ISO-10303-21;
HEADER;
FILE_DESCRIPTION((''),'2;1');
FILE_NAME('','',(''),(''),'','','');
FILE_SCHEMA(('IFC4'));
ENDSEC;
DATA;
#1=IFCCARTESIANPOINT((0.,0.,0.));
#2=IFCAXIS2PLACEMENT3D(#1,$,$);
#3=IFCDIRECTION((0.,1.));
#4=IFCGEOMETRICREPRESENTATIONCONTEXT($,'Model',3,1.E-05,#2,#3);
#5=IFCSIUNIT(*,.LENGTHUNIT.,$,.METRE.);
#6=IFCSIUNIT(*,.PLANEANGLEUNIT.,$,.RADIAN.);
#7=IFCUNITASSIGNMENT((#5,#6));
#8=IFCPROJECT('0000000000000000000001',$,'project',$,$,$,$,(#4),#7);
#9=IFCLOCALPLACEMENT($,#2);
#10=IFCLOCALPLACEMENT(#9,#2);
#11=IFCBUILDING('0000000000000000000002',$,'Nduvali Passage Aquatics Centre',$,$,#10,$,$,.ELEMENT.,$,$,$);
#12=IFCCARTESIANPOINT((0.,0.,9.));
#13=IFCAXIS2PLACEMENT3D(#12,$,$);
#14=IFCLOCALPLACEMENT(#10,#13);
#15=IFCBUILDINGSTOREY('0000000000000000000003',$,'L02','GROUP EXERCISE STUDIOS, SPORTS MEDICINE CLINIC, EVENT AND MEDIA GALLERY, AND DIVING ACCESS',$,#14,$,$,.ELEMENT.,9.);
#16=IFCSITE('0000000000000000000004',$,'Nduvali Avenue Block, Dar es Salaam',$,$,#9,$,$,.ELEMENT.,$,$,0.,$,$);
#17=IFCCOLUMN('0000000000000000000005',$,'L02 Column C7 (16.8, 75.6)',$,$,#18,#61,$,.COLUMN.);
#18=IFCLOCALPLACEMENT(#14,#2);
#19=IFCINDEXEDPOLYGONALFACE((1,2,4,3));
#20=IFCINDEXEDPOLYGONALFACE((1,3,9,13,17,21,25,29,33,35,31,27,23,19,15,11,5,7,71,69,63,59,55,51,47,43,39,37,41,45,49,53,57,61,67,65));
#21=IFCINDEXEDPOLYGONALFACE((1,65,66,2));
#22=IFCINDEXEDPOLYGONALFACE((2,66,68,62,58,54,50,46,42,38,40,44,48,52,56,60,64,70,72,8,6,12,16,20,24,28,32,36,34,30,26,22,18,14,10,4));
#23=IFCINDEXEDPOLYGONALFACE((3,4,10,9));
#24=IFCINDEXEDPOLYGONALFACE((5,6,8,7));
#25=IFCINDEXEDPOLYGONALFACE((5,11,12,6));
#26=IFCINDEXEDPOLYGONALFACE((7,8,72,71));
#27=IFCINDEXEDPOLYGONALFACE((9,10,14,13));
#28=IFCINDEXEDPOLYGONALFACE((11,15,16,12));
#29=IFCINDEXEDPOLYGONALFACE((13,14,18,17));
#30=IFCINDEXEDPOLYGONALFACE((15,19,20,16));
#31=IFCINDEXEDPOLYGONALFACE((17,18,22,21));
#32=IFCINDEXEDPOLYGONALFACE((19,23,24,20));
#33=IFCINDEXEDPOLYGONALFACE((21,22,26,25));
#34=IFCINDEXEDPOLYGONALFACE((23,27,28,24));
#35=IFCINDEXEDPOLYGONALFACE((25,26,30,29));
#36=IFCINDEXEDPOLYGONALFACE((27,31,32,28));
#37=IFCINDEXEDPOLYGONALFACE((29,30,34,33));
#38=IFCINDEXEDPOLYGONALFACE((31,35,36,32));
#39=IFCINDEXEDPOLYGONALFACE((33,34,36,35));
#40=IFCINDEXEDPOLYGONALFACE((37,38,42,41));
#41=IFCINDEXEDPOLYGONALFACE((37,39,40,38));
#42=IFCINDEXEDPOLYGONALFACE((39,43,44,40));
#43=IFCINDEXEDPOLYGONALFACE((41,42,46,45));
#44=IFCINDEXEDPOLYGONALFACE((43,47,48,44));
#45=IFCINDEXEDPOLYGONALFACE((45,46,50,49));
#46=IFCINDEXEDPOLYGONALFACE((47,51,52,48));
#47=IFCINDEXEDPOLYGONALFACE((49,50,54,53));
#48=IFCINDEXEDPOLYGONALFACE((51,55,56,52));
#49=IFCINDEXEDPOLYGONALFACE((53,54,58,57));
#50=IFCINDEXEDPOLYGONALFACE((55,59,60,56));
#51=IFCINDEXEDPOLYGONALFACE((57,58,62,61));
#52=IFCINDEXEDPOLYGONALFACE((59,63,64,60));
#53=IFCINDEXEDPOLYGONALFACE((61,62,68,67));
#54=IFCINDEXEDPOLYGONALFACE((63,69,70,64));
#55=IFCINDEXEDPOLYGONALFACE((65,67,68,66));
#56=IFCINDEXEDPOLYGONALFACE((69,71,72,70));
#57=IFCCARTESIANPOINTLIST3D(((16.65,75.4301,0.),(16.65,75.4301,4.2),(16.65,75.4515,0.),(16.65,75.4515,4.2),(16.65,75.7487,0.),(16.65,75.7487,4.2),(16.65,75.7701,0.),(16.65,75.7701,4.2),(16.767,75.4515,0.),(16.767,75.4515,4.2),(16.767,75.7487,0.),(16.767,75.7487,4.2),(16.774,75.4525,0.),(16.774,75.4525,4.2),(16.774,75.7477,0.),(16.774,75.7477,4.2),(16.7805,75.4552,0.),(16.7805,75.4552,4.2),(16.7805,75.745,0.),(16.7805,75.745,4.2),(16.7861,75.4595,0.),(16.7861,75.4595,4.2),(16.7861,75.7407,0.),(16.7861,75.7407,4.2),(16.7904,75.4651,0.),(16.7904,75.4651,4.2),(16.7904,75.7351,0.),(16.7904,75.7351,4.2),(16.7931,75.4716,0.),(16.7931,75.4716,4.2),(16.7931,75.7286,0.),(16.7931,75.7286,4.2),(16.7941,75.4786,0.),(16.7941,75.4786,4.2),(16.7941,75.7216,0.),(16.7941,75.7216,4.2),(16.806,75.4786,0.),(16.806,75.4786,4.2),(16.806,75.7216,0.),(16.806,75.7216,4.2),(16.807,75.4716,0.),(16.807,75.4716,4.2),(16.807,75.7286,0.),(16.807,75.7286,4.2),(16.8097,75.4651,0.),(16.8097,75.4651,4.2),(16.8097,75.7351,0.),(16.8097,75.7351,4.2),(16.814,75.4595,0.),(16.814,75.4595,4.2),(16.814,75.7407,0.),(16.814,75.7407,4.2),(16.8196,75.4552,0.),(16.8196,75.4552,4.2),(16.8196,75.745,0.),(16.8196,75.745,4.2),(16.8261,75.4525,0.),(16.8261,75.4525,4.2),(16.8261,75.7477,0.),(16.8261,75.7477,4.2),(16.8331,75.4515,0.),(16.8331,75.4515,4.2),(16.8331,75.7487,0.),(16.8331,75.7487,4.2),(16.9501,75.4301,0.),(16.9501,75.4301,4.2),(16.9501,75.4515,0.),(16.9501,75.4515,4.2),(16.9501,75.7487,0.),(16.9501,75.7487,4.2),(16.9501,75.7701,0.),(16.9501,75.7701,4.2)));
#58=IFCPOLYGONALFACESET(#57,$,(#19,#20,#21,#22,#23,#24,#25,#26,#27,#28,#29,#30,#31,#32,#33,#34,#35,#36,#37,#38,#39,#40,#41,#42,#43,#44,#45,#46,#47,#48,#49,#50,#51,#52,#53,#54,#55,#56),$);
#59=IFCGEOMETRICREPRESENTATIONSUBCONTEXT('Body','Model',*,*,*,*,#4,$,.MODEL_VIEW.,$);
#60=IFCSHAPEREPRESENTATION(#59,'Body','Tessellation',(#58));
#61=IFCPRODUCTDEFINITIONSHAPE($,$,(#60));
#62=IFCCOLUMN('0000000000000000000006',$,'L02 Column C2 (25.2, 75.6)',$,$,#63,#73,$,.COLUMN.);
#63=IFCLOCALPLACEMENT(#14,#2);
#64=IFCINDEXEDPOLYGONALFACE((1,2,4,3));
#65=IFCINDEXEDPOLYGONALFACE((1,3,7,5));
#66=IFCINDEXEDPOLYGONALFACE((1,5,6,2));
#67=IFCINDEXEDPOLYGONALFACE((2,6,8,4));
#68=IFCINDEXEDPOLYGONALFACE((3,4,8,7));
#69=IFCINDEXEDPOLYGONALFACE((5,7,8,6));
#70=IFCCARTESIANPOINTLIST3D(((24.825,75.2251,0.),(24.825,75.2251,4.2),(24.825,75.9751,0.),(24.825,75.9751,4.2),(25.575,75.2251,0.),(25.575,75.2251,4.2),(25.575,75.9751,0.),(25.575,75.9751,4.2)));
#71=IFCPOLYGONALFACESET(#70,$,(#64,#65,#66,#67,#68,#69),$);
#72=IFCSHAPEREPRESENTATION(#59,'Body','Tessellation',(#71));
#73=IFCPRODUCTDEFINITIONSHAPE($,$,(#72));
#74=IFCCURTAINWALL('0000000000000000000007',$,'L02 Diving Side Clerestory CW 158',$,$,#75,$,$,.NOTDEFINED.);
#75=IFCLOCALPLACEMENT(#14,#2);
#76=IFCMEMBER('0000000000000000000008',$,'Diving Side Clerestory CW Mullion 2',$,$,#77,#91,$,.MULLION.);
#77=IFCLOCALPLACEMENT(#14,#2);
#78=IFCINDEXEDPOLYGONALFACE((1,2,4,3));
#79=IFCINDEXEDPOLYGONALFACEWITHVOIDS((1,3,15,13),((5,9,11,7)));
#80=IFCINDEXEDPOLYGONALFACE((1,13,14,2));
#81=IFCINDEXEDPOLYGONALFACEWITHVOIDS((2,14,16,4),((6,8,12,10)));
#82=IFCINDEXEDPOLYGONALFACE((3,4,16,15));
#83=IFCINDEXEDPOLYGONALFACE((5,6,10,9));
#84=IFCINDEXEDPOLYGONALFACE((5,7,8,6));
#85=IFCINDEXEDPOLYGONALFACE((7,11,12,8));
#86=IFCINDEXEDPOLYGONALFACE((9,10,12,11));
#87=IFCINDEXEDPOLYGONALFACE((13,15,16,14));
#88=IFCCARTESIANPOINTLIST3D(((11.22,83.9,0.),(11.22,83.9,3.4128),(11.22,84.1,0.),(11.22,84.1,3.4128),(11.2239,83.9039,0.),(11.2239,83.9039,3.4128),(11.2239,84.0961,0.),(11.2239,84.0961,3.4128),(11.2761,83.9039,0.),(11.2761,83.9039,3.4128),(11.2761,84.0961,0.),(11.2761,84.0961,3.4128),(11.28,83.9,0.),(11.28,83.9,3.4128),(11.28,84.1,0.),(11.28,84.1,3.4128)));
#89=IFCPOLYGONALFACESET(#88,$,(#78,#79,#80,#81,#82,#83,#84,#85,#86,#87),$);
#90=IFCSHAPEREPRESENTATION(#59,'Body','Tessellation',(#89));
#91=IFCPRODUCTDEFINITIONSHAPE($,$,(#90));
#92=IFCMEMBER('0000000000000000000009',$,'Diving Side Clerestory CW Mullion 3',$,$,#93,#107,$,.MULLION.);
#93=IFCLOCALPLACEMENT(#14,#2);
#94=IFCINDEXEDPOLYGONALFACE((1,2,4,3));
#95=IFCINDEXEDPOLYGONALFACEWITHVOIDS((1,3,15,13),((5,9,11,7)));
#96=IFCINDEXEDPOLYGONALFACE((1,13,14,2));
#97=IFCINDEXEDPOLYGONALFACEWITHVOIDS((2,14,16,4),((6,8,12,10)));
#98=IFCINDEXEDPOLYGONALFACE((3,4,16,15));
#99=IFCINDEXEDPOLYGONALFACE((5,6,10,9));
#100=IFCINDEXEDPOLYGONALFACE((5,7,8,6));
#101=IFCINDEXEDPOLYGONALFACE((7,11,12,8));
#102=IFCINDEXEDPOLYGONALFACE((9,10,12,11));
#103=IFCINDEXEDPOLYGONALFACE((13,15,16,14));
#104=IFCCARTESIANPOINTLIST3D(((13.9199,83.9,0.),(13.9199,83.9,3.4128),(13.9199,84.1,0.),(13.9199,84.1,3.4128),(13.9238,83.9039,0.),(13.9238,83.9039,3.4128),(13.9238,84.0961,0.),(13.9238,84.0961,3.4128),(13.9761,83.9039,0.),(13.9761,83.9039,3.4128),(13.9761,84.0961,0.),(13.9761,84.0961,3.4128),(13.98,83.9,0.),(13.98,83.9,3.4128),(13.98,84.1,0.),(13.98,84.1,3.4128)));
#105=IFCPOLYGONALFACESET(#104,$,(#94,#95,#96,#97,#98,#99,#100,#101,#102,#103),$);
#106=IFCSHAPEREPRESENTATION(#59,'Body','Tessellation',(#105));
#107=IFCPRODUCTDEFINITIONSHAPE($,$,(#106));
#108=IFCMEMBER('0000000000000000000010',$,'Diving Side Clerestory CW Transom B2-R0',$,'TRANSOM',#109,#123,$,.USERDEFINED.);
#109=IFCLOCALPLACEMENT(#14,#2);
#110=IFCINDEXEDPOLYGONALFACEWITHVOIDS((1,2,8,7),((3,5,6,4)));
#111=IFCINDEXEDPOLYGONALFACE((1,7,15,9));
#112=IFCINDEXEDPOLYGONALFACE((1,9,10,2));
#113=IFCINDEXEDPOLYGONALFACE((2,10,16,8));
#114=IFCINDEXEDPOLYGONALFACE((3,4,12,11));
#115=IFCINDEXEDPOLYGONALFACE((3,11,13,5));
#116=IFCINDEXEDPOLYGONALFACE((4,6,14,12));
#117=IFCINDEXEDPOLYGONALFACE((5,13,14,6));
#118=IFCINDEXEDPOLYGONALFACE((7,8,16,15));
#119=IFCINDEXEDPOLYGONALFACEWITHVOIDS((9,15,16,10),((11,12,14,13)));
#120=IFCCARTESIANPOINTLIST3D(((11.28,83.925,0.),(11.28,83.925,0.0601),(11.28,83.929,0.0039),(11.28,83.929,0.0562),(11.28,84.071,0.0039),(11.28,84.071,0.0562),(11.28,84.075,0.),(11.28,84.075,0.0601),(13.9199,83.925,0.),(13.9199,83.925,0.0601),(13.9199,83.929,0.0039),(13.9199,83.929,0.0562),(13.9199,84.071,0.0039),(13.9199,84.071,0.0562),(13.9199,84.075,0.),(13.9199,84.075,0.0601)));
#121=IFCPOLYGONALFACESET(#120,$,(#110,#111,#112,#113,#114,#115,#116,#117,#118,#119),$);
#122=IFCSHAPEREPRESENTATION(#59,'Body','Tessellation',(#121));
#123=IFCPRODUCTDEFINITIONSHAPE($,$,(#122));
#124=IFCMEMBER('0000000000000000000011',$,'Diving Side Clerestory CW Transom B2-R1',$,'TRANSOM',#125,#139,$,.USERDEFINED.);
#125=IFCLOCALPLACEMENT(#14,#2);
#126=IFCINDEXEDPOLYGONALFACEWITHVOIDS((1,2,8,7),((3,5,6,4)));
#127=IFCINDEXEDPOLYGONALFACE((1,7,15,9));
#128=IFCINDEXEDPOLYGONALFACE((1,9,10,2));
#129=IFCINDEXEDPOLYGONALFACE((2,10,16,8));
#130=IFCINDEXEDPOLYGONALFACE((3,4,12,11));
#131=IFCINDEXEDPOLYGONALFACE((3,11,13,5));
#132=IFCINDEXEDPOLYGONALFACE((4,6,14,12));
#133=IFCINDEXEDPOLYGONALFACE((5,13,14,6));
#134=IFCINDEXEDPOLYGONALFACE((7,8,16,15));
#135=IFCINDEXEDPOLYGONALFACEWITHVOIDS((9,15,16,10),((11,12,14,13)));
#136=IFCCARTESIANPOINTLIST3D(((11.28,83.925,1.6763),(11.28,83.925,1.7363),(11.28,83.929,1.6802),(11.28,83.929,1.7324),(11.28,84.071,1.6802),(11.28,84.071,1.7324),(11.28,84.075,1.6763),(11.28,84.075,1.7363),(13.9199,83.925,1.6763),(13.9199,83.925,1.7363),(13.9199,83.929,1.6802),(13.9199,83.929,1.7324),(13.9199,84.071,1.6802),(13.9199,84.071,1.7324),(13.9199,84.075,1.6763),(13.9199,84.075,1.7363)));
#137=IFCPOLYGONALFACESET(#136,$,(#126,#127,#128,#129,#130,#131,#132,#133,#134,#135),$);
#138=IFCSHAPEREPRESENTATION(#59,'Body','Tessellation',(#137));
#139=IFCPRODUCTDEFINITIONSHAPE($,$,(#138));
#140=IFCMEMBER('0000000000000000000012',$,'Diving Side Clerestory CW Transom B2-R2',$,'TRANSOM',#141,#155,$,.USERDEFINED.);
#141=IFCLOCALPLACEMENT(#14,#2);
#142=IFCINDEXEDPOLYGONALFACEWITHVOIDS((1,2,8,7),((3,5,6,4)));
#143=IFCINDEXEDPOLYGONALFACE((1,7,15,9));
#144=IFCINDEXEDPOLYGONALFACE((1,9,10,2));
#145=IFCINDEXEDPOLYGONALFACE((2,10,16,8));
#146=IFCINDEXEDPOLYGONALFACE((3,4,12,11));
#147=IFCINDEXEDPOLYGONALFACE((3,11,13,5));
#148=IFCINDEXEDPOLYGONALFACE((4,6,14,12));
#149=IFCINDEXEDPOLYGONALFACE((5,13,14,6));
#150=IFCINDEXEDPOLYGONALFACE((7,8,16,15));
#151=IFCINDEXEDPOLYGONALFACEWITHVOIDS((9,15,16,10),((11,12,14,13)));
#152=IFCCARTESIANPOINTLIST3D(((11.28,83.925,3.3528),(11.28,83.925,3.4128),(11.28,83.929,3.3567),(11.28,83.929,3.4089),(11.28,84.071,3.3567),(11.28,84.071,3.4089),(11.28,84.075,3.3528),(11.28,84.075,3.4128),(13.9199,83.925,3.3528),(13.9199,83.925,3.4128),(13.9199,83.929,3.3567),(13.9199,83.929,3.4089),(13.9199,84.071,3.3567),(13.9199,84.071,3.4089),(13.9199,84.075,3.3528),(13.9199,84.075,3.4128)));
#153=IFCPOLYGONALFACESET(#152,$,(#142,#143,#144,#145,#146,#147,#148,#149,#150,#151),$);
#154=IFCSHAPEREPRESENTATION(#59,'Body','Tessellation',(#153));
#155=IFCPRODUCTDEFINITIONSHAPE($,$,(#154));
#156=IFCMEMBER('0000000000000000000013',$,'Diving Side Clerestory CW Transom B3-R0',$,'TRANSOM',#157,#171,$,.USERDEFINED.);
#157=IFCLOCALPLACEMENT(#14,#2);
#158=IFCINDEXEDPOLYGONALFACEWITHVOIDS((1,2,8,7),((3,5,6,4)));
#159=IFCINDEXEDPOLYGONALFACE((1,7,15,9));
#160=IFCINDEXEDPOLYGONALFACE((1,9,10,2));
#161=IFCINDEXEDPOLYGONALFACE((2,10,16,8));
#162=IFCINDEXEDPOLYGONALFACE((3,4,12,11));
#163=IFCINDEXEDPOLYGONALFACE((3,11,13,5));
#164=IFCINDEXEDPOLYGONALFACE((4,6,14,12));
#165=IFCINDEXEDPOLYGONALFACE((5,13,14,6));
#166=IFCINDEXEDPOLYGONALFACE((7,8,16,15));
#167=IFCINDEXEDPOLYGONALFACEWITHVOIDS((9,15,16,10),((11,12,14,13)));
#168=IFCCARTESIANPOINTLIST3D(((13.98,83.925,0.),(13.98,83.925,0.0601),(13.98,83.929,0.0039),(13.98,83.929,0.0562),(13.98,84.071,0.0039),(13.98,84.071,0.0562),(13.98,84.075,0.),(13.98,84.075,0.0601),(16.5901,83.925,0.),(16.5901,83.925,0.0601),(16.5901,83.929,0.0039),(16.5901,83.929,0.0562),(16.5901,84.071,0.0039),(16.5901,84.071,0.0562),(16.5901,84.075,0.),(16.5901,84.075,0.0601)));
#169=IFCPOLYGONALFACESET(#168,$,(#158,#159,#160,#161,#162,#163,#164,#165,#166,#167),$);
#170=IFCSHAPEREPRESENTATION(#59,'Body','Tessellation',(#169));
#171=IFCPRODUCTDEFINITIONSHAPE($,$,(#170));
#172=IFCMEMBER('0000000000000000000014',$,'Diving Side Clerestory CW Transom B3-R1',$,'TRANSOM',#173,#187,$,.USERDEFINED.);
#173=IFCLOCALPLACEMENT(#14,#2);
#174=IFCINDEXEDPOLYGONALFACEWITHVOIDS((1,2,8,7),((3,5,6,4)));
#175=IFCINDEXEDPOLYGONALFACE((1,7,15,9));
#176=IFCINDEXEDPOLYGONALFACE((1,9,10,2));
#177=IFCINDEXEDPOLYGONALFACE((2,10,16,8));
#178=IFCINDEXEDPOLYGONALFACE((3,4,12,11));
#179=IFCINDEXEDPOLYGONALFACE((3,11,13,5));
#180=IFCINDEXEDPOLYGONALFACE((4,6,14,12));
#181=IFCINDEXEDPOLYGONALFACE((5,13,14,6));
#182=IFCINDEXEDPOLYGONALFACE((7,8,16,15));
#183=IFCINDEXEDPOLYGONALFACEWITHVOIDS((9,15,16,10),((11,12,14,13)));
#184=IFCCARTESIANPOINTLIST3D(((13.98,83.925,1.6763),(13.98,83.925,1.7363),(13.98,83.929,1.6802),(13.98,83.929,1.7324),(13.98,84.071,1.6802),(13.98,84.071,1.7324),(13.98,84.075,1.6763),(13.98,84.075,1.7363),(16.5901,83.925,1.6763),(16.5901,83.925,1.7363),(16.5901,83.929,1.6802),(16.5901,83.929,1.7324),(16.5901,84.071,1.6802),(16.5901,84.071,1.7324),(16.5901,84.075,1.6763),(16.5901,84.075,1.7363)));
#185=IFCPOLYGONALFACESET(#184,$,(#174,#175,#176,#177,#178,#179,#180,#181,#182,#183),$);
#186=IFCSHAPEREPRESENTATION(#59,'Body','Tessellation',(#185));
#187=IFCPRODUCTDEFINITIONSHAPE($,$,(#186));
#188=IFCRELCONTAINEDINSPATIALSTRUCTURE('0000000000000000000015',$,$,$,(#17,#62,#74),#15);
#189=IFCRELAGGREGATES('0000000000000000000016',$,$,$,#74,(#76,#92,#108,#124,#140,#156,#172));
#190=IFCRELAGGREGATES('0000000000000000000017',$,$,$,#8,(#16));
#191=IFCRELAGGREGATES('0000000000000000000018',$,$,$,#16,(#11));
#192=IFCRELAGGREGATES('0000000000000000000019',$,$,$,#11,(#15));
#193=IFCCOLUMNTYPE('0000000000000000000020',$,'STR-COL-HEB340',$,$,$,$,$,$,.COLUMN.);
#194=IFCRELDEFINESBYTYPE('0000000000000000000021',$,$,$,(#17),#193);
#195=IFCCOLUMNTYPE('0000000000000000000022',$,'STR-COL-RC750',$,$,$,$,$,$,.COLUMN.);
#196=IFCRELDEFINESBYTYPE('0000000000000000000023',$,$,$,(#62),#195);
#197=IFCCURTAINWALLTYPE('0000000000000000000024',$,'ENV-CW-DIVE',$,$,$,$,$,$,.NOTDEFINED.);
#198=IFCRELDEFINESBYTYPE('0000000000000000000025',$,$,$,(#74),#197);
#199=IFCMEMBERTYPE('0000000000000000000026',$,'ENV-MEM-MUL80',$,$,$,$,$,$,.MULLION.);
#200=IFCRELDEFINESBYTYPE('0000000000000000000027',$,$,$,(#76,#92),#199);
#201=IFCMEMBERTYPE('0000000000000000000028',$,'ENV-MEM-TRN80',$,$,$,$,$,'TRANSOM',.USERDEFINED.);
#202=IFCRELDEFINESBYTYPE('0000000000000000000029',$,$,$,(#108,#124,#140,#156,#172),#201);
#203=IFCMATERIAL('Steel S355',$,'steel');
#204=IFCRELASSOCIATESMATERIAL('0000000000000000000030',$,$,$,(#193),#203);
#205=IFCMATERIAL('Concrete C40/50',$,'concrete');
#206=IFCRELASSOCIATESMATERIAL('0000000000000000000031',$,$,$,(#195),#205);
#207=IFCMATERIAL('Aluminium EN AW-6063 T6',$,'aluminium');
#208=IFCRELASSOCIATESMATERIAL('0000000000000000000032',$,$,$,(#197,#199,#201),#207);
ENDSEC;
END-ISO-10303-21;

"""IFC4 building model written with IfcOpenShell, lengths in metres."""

from ifc_helpers import new_model, si_unit, direction, frame, origin, origin_2d, place, context, subcontext, project, spatial, rectangle, hollow_rectangle, i_section, extrude, material, material_profile, profile_set, type_object, element, aggregate, save


model = new_model("IFC4")

# Units and contexts
model_context = context("Model", 3, precision=1e-05, world=origin(), true_north=direction((0.0, 1.0)))
body_context = subcontext(model_context, "Body", "Model", "MODEL_VIEW")
ifc_project = project(units=[si_unit("LENGTHUNIT", "METRE"), si_unit("PLANEANGLEUNIT", "RADIAN")], contexts=[model_context])

# Site, building, storey
site_placement = place(None, origin())
site = spatial("IfcSite", under=ifc_project, at=site_placement, Name="Nduvali Avenue Block, Dar es Salaam", CompositionType="ELEMENT", RefElevation=0.0)
building_placement = place(site_placement, origin())
building = spatial("IfcBuilding", under=site, at=building_placement, Name="Nduvali Passage Aquatics Centre", CompositionType="ELEMENT")
storey_placement = place(building_placement, frame((0.0, 0.0, 9.0)))
storey = spatial("IfcBuildingStorey", under=building, at=storey_placement, Name="L02", Description="GROUP EXERCISE STUDIOS, SPORTS MEDICINE CLINIC, EVENT AND MEDIA GALLERY, AND DIVING ACCESS", CompositionType="ELEMENT", Elevation=9.0)

# Columns
ifc_material_1 = material(Name="Steel S355", Category="steel")
ifc_material_profile_1 = material_profile(ifc_material_1, i_section(OverallWidth=0.3, OverallDepth=0.3401, WebThickness=0.012, FlangeThickness=0.0215, FilletRadius=0.0271, at=origin_2d()), Name="HEB 340")
ifc_profile_set_1 = profile_set([ifc_material_profile_1], Name="Steel S355")
column_type_1 = type_object("IfcColumnType", Name="STR-COL-HEB340", PredefinedType="COLUMN", material=ifc_profile_set_1)
column_1_placement = place(storey_placement, frame((16.8, 75.6001, 0.0), z_axis=(0.0, 0.0, 1.0), x_axis=(1.0, 0.0, 0.0)))
element("IfcColumn", 1, at=column_1_placement, inside=storey, type_object=column_type_1, Name="L02 Column C7 (16.8, 75.6)", PredefinedType="COLUMN", context=body_context, shape_type="SweptSolid", body=[
    extrude(i_section(OverallWidth=0.3, OverallDepth=0.3401, WebThickness=0.012, FlangeThickness=0.0215, FilletRadius=0.0271, at=origin_2d()), origin(), (0.0, 0.0, 1.0), 4.2),
])
ifc_material_2 = material(Name="Concrete C40/50", Category="concrete")
ifc_material_profile_2 = material_profile(ifc_material_2, rectangle(XDim=0.75, YDim=0.75, at=origin_2d()), Name="RC 750x750")
ifc_profile_set_2 = profile_set([ifc_material_profile_2], Name="Concrete C40/50")
column_type_2 = type_object("IfcColumnType", Name="STR-COL-RC750", PredefinedType="COLUMN", material=ifc_profile_set_2)
column_2_placement = place(storey_placement, frame((25.2, 75.6001, 0.0), z_axis=(0.0, 0.0, 1.0), x_axis=(1.0, 0.0, 0.0)))
element("IfcColumn", 2, at=column_2_placement, inside=storey, type_object=column_type_2, Name="L02 Column C2 (25.2, 75.6)", PredefinedType="COLUMN", context=body_context, shape_type="SweptSolid", body=[
    extrude(rectangle(XDim=0.75, YDim=0.75, at=origin_2d()), origin(), (0.0, 0.0, 1.0), 4.2),
])

# Curtain wall, members
ifc_material_3 = material(Name="Aluminium EN AW-6063 T6", Category="aluminium")
curtain_wall_type = type_object("IfcCurtainWallType", Name="ENV-CW-DIVE", PredefinedType="NOTDEFINED", material=ifc_material_3)
curtain_wall_placement = place(storey_placement, origin())
curtain_wall = element("IfcCurtainWall", 3, at=curtain_wall_placement, inside=storey, type_object=curtain_wall_type, Name="L02 Diving Side Clerestory CW 158", PredefinedType="NOTDEFINED")
ifc_material_profile_3 = material_profile(ifc_material_3, hollow_rectangle(XDim=0.0601, YDim=0.2, WallThickness=0.0039, at=origin_2d()), Name="ALU MULLION 60x200x4")
ifc_profile_set_3 = profile_set([ifc_material_profile_3], Name="Aluminium EN AW-6063 T6")
member_type_1 = type_object("IfcMemberType", Name="ENV-MEM-MUL80", PredefinedType="MULLION", material=ifc_profile_set_3)
member_1_placement = place(storey_placement, frame((11.25, 84.0, 0.0), z_axis=(0.0, 0.0, 1.0), x_axis=(1.0, 0.0, 0.0)))
member_1 = element("IfcMember", 4, at=member_1_placement, type_object=member_type_1, Name="Diving Side Clerestory CW Mullion 2", PredefinedType="MULLION", context=body_context, shape_type="SweptSolid", body=[
    extrude(hollow_rectangle(XDim=0.0601, YDim=0.2, WallThickness=0.0039, at=origin_2d()), origin(), (0.0, 0.0, 1.0), 3.4128),
])
member_2_placement = place(storey_placement, frame((13.95, 84.0, 0.0), z_axis=(0.0, 0.0, 1.0), x_axis=(1.0, 0.0, 0.0)))
member_2 = element("IfcMember", 5, at=member_2_placement, type_object=member_type_1, Name="Diving Side Clerestory CW Mullion 3", PredefinedType="MULLION", context=body_context, shape_type="SweptSolid", body=[
    extrude(hollow_rectangle(XDim=0.0601, YDim=0.2, WallThickness=0.0039, at=origin_2d()), origin(), (0.0, 0.0, 1.0), 3.4128),
])
ifc_material_profile_4 = material_profile(ifc_material_3, hollow_rectangle(XDim=0.1499, YDim=0.0601, WallThickness=0.0039, at=origin_2d()), Name="ALU TRANSOM 150x60x4")
ifc_profile_set_4 = profile_set([ifc_material_profile_4], Name="Aluminium EN AW-6063 T6")
member_type_2 = type_object("IfcMemberType", Name="ENV-MEM-TRN80", ElementType="TRANSOM", PredefinedType="USERDEFINED", material=ifc_profile_set_4)
member_3_placement = place(storey_placement, frame((11.28, 84.0, 0.03), z_axis=(1.0, 0.0, 0.0), x_axis=(0.0, 1.0, 0.0)))
member_3 = element("IfcMember", 6, at=member_3_placement, type_object=member_type_2, Name="Diving Side Clerestory CW Transom B2-R0", ObjectType="TRANSOM", PredefinedType="USERDEFINED", context=body_context, shape_type="SweptSolid", body=[
    extrude(hollow_rectangle(XDim=0.1499, YDim=0.0601, WallThickness=0.0039, at=origin_2d()), origin(), (0.0, 0.0, 1.0), 2.6399),
])
member_4_placement = place(storey_placement, frame((11.28, 84.0, 1.7063), z_axis=(1.0, 0.0, 0.0), x_axis=(0.0, 1.0, 0.0)))
member_4 = element("IfcMember", 7, at=member_4_placement, type_object=member_type_2, Name="Diving Side Clerestory CW Transom B2-R1", ObjectType="TRANSOM", PredefinedType="USERDEFINED", context=body_context, shape_type="SweptSolid", body=[
    extrude(hollow_rectangle(XDim=0.1499, YDim=0.0601, WallThickness=0.0039, at=origin_2d()), origin(), (0.0, 0.0, 1.0), 2.6399),
])
member_5_placement = place(storey_placement, frame((11.28, 84.0, 3.3828), z_axis=(1.0, 0.0, 0.0), x_axis=(0.0, 1.0, 0.0)))
member_5 = element("IfcMember", 8, at=member_5_placement, type_object=member_type_2, Name="Diving Side Clerestory CW Transom B2-R2", ObjectType="TRANSOM", PredefinedType="USERDEFINED", context=body_context, shape_type="SweptSolid", body=[
    extrude(hollow_rectangle(XDim=0.1499, YDim=0.0601, WallThickness=0.0039, at=origin_2d()), origin(), (0.0, 0.0, 1.0), 2.6399),
])
member_6_placement = place(storey_placement, frame((13.98, 84.0, 0.03), z_axis=(1.0, 0.0, 0.0), x_axis=(0.0, 1.0, 0.0)))
member_6 = element("IfcMember", 9, at=member_6_placement, type_object=member_type_2, Name="Diving Side Clerestory CW Transom B3-R0", ObjectType="TRANSOM", PredefinedType="USERDEFINED", context=body_context, shape_type="SweptSolid", body=[
    extrude(hollow_rectangle(XDim=0.1499, YDim=0.0601, WallThickness=0.0039, at=origin_2d()), origin(), (0.0, 0.0, 1.0), 2.6101),
])
member_7_placement = place(storey_placement, frame((13.98, 84.0, 1.7063), z_axis=(1.0, 0.0, 0.0), x_axis=(0.0, 1.0, 0.0)))
member_7 = element("IfcMember", 10, at=member_7_placement, type_object=member_type_2, Name="Diving Side Clerestory CW Transom B3-R1", ObjectType="TRANSOM", PredefinedType="USERDEFINED", context=body_context, shape_type="SweptSolid", body=[
    extrude(hollow_rectangle(XDim=0.1499, YDim=0.0601, WallThickness=0.0039, at=origin_2d()), origin(), (0.0, 0.0, 1.0), 2.6101),
])

aggregate(curtain_wall, [member_1, member_2, member_3, member_4, member_5, member_6, member_7])

save(model, "model.ifc")
